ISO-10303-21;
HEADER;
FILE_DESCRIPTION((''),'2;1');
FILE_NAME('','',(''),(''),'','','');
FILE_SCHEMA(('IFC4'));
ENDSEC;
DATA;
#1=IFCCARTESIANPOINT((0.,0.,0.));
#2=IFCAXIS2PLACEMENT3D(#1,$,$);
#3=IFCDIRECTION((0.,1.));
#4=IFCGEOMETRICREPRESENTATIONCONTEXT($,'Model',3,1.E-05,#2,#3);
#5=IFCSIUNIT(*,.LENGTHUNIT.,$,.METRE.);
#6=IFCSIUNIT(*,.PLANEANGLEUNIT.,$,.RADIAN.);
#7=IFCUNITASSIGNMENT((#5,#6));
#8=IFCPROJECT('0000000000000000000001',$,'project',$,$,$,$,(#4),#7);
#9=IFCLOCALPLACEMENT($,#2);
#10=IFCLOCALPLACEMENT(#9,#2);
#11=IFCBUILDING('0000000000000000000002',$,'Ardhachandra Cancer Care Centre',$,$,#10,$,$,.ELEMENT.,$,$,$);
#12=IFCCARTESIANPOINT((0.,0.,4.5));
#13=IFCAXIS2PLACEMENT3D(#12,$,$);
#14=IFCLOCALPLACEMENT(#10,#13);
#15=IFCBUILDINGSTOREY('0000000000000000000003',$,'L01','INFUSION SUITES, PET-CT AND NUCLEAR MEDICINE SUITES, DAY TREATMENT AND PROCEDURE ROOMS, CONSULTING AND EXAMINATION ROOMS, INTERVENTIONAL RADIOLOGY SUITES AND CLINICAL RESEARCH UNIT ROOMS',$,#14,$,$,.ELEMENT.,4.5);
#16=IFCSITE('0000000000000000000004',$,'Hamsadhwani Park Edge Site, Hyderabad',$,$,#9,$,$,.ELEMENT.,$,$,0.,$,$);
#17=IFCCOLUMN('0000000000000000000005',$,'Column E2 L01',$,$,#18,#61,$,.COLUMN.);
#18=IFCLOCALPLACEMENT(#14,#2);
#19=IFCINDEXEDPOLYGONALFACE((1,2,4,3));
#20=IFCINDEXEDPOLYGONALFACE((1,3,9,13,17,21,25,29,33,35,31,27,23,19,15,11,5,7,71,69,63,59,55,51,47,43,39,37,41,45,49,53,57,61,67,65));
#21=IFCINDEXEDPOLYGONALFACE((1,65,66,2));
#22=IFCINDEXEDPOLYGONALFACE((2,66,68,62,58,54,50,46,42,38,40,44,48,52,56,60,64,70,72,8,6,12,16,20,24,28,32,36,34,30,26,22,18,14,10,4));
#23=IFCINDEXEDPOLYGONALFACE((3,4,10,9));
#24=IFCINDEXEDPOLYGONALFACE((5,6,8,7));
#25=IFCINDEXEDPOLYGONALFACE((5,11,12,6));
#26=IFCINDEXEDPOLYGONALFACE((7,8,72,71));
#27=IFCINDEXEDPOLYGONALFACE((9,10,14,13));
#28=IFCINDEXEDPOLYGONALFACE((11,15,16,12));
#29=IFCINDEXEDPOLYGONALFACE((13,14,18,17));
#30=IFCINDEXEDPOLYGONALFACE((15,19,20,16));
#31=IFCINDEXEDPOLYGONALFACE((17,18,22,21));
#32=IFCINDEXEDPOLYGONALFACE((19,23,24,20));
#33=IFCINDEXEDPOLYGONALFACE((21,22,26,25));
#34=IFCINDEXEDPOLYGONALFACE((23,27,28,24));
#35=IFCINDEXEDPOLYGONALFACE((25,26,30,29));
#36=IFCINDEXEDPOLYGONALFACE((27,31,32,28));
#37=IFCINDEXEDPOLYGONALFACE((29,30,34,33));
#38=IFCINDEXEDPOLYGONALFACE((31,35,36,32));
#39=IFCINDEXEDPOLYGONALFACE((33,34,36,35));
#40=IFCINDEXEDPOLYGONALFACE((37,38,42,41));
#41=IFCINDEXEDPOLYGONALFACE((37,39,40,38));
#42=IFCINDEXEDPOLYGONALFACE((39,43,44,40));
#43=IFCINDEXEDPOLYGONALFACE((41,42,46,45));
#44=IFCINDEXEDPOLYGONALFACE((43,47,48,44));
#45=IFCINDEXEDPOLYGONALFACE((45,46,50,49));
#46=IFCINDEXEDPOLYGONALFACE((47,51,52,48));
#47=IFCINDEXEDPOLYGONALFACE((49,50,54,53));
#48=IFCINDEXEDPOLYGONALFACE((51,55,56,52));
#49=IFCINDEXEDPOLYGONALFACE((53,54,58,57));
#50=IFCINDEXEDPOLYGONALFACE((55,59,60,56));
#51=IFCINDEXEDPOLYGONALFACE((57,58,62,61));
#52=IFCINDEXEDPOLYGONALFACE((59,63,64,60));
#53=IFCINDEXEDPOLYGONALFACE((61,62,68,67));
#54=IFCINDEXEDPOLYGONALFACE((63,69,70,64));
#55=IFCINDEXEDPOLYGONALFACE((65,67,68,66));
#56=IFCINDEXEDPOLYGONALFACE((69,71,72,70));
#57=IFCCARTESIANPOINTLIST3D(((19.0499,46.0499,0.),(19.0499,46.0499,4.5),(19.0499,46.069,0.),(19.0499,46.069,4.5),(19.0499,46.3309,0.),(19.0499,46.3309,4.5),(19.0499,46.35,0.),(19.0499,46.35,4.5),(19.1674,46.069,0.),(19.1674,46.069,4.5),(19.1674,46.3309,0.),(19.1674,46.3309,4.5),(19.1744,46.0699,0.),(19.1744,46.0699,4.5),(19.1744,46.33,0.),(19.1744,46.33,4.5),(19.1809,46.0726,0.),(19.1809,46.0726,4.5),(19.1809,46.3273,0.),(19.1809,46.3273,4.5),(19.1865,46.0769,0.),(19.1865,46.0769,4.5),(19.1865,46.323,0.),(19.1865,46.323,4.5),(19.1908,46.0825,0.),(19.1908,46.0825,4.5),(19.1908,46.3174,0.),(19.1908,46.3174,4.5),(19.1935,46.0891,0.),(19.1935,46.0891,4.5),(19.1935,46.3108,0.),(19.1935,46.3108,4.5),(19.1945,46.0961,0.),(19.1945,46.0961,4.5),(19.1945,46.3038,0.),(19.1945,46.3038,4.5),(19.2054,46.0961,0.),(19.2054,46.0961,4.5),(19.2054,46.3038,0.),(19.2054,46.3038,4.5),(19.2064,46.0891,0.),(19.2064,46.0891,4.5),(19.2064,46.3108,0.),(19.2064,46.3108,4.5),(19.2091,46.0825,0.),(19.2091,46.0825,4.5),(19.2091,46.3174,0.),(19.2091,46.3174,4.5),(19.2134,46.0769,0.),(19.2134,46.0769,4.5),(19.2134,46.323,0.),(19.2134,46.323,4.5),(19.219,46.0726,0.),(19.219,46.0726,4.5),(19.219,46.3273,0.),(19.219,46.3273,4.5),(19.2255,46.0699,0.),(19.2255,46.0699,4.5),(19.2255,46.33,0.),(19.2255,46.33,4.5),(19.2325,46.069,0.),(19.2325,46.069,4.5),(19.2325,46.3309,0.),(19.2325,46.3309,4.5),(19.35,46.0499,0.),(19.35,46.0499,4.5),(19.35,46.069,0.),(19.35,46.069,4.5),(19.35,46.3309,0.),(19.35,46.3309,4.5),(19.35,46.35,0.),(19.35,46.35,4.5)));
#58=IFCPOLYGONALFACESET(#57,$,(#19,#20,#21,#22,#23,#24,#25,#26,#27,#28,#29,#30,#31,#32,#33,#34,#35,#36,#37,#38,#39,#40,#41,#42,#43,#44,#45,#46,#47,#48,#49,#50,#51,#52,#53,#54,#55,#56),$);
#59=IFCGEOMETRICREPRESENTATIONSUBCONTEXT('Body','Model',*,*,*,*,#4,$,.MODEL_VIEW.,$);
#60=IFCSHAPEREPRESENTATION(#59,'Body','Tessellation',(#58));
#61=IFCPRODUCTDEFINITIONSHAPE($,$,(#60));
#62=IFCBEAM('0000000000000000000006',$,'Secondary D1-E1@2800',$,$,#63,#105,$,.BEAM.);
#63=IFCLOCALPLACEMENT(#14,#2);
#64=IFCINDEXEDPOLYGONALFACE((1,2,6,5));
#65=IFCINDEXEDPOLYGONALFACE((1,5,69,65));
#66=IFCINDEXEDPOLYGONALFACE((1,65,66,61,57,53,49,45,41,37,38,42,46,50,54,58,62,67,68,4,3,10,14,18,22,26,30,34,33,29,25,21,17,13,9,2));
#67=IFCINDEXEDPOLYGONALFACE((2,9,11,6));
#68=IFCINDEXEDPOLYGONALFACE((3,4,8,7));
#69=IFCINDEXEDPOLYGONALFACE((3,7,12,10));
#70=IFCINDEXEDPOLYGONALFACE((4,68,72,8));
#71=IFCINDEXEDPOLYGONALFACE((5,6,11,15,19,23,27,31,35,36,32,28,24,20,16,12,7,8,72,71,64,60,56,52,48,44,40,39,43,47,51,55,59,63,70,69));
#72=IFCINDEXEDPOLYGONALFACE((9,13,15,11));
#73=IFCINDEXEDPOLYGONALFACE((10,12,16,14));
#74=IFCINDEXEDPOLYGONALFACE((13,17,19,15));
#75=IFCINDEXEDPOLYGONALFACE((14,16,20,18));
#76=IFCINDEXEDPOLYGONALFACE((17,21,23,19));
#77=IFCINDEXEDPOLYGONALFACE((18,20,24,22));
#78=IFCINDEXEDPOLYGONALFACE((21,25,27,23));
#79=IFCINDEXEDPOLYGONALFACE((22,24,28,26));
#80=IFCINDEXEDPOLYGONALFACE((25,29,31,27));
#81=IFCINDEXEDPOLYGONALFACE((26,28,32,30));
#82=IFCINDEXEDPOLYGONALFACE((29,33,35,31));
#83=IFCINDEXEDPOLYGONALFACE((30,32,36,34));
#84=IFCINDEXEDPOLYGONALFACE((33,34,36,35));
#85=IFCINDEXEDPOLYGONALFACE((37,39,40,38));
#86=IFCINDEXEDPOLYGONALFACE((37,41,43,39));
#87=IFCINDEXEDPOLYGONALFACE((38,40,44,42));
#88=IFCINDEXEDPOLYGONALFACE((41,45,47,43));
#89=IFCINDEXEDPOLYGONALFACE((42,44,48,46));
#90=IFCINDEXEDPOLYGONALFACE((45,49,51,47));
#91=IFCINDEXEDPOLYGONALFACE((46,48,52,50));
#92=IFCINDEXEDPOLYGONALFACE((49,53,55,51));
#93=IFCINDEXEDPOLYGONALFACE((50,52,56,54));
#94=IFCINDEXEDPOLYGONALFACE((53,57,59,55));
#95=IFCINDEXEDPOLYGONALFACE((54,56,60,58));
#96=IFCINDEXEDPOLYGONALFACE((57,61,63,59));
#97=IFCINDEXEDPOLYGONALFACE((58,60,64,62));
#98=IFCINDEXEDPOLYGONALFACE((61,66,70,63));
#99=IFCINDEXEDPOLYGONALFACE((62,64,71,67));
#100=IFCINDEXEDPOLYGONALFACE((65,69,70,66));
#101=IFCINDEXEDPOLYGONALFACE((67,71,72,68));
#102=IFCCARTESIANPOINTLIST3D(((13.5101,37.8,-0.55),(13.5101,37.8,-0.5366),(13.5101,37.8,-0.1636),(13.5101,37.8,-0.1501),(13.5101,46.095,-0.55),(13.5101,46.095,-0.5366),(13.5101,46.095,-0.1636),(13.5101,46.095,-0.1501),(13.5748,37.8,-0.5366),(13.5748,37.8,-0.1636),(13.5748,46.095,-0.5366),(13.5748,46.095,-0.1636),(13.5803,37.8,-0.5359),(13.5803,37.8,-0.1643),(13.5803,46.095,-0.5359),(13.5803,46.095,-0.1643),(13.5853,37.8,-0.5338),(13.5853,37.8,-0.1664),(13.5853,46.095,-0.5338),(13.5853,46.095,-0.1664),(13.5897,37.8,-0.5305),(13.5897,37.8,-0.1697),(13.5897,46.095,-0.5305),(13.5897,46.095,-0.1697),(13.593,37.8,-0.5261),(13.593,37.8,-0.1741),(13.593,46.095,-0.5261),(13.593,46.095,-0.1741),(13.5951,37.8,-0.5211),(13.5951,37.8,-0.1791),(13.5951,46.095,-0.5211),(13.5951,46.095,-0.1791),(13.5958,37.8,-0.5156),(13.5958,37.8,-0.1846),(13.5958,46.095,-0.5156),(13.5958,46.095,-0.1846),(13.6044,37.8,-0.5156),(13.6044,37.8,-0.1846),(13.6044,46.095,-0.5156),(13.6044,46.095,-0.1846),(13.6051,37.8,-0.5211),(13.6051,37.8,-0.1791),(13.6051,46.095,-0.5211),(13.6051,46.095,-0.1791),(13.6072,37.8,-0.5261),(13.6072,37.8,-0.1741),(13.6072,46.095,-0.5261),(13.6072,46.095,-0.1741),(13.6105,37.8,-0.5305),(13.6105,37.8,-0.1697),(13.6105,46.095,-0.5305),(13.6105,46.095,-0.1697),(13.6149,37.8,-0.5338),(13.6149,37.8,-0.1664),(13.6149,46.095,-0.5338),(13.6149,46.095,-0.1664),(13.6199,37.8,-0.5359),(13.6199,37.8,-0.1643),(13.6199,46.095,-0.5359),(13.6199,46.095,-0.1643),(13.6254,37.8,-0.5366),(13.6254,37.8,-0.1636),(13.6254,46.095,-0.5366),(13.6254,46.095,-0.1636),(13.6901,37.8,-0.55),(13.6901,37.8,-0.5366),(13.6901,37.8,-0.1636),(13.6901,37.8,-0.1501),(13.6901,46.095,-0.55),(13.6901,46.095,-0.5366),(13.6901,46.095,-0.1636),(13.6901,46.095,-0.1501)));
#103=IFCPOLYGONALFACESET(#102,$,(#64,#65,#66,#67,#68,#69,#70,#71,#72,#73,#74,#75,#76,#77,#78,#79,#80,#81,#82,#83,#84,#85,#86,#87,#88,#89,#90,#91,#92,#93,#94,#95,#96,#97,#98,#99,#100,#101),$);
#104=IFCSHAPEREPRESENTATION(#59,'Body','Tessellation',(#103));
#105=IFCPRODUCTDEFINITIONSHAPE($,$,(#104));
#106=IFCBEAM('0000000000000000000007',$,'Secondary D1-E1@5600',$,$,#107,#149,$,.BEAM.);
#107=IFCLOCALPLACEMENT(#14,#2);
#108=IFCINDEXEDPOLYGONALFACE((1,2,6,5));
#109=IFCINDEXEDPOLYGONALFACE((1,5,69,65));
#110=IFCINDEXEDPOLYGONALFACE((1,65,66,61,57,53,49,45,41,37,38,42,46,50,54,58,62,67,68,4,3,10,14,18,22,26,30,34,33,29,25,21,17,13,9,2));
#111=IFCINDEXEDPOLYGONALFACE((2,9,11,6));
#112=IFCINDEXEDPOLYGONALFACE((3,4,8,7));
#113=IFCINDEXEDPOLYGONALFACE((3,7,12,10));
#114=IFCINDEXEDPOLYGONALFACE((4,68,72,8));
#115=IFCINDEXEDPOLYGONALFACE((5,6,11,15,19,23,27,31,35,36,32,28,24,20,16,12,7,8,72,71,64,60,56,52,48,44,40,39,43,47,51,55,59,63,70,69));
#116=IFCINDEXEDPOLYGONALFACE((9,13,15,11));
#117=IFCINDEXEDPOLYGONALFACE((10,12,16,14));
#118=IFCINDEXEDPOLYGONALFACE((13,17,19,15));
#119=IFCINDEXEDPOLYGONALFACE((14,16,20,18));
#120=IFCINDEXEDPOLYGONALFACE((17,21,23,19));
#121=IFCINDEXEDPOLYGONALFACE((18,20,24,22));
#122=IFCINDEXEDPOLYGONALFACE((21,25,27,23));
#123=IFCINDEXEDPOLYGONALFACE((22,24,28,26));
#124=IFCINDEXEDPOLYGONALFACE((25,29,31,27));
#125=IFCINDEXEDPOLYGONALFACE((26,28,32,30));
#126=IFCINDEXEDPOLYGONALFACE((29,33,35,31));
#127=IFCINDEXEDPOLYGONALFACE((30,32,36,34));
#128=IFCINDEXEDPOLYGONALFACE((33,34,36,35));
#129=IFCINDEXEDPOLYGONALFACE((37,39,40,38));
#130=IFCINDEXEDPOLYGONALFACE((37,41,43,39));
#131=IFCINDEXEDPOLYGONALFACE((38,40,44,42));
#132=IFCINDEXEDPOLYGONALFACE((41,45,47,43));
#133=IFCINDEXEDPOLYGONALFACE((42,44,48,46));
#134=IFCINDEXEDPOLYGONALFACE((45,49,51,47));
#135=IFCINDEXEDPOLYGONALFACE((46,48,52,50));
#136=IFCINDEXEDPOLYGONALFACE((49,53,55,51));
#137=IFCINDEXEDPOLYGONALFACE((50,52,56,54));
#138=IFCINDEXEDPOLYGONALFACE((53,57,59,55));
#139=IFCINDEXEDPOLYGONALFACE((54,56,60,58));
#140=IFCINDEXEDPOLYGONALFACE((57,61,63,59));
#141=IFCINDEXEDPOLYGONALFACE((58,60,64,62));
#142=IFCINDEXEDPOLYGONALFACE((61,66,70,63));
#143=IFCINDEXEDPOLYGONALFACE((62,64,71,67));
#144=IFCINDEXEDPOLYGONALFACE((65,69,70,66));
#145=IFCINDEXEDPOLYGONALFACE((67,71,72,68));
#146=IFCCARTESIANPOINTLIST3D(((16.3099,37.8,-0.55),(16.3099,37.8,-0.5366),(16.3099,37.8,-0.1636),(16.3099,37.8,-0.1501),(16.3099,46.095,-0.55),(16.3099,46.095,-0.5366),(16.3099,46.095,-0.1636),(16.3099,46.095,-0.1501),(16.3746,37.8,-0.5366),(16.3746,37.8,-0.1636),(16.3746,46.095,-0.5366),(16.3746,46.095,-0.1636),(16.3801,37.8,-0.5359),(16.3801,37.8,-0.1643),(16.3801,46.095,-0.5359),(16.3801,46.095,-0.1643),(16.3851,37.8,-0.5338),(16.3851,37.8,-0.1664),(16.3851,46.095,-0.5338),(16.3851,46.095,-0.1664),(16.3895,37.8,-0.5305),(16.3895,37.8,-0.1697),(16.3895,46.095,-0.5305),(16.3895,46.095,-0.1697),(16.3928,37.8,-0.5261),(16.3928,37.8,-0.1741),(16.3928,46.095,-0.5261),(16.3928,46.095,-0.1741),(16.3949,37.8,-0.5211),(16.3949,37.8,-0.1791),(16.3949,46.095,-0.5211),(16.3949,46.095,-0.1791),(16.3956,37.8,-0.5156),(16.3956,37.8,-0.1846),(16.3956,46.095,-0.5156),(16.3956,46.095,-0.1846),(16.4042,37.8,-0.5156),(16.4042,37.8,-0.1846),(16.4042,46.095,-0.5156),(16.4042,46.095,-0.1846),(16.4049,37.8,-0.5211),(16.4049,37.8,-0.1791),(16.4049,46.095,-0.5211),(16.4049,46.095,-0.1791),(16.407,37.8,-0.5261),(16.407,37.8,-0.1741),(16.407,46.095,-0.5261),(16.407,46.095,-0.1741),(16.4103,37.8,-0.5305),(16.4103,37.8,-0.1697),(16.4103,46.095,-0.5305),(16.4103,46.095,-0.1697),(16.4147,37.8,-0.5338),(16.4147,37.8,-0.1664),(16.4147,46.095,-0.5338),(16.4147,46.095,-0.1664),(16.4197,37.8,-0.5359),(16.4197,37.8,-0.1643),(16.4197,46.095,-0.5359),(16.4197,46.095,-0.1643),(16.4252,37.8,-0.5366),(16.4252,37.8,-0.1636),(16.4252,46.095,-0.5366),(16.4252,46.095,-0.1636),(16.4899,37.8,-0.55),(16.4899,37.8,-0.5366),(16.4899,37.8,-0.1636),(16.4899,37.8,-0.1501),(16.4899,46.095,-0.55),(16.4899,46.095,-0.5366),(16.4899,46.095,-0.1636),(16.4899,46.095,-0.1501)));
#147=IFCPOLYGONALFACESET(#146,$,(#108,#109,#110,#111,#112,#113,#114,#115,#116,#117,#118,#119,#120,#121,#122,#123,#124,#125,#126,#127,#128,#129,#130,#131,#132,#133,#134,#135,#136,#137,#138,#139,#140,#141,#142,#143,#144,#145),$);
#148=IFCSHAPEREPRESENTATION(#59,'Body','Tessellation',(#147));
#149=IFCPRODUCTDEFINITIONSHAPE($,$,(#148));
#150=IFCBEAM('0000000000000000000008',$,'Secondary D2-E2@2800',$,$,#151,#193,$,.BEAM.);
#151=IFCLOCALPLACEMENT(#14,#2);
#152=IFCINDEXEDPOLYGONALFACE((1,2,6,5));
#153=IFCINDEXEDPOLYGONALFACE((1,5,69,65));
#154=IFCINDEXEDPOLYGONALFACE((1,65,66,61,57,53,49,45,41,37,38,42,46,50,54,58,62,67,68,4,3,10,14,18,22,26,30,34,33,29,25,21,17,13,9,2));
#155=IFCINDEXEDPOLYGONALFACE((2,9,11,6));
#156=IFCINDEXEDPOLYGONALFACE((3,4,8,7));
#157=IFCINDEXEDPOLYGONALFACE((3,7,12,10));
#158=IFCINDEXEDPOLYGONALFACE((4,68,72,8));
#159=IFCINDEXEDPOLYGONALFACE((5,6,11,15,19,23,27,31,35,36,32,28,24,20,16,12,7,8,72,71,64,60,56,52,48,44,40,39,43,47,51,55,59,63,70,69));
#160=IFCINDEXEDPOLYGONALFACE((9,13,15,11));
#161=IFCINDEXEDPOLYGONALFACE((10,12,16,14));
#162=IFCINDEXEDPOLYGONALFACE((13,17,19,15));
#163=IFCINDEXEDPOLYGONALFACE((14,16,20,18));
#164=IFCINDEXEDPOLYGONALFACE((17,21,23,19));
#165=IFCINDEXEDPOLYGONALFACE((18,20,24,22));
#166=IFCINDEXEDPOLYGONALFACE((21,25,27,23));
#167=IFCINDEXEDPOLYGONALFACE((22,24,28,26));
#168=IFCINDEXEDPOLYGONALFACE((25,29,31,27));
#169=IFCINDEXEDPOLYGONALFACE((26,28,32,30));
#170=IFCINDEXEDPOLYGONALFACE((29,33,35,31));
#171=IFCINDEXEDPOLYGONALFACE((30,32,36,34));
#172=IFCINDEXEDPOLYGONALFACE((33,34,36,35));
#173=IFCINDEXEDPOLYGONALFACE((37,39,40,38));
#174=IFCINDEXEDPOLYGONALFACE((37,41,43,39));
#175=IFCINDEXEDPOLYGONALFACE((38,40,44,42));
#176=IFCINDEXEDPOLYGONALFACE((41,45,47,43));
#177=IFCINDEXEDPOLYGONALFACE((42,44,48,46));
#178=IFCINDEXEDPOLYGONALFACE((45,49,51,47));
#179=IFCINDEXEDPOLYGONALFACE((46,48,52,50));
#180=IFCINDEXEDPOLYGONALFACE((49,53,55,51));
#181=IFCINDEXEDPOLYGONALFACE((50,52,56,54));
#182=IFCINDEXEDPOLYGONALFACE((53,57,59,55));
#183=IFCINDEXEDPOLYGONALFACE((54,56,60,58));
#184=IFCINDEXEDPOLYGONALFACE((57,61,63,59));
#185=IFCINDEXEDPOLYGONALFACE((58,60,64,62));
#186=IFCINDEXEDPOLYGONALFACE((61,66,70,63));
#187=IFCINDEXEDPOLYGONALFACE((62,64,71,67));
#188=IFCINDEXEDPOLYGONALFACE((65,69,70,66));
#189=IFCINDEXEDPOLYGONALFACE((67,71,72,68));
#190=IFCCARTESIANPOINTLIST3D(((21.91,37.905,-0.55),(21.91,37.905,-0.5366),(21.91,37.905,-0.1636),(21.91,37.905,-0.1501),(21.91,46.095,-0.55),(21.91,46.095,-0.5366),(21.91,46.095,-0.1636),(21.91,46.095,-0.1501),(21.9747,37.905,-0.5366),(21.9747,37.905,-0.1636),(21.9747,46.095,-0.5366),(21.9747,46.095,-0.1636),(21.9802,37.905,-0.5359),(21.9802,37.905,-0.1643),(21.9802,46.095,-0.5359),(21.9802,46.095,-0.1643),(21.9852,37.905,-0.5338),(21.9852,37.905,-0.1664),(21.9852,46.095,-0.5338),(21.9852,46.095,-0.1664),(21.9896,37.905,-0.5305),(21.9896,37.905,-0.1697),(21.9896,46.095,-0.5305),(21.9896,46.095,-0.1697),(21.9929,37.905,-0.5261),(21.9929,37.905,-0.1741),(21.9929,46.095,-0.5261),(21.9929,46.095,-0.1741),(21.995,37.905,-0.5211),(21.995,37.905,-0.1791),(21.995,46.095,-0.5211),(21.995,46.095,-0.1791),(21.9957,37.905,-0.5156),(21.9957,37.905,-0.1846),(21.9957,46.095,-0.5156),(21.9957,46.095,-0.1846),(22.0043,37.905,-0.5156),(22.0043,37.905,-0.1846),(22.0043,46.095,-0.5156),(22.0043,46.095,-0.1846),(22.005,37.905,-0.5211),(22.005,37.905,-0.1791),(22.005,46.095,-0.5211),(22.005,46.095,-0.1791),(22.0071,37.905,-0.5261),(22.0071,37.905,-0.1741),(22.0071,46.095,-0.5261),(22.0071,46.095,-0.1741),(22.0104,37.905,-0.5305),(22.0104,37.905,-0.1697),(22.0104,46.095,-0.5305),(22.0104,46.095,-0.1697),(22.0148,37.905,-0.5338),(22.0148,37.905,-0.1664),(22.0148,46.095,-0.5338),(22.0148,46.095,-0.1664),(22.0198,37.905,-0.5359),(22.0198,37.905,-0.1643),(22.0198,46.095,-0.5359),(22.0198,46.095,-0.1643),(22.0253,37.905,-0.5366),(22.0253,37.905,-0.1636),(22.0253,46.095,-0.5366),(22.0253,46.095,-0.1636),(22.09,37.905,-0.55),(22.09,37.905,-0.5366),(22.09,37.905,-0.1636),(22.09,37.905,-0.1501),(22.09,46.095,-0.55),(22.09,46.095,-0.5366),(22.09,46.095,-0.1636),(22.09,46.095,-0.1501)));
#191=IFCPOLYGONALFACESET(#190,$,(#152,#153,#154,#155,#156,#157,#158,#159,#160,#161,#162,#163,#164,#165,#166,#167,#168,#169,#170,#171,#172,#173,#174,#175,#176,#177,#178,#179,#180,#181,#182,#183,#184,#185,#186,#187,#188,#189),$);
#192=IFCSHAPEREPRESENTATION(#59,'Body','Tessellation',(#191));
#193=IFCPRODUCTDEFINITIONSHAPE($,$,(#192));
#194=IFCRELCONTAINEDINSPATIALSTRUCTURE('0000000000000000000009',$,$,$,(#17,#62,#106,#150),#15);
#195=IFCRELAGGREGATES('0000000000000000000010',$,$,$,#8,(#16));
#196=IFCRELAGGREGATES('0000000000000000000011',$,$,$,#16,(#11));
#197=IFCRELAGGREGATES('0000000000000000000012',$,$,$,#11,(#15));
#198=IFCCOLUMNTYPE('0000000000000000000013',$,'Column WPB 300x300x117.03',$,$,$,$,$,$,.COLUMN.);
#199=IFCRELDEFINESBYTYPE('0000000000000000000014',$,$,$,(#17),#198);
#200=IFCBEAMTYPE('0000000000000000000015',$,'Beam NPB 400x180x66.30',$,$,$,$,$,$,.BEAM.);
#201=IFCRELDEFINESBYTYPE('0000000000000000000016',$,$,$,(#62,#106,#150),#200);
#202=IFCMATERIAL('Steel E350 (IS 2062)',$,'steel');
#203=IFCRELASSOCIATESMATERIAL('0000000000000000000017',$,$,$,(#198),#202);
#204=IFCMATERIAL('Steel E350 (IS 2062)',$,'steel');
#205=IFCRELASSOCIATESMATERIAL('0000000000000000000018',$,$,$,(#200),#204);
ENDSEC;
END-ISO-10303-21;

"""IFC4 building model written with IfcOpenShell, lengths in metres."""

from ifc_helpers import new_model, si_unit, direction, frame, origin, origin_2d, place, context, subcontext, project, spatial, i_section, extrude, material, material_profile, profile_set, type_object, element, save


model = new_model("IFC4")

# Units and contexts
model_context = context("Model", 3, precision=1e-05, world=origin(), true_north=direction((0.0, 1.0)))
body_context = subcontext(model_context, "Body", "Model", "MODEL_VIEW")
ifc_project = project(units=[si_unit("LENGTHUNIT", "METRE"), si_unit("PLANEANGLEUNIT", "RADIAN")], contexts=[model_context])

# Site, building, storey
site_placement = place(None, origin())
site = spatial("IfcSite", under=ifc_project, at=site_placement, Name="Hamsadhwani Park Edge Site, Hyderabad", CompositionType="ELEMENT", RefElevation=0.0)
building_placement = place(site_placement, origin())
building = spatial("IfcBuilding", under=site, at=building_placement, Name="Ardhachandra Cancer Care Centre", CompositionType="ELEMENT")
storey_placement = place(building_placement, frame((0.0, 0.0, 4.5)))
storey = spatial("IfcBuildingStorey", under=building, at=storey_placement, Name="L01", Description="INFUSION SUITES, PET-CT AND NUCLEAR MEDICINE SUITES, DAY TREATMENT AND PROCEDURE ROOMS, CONSULTING AND EXAMINATION ROOMS, INTERVENTIONAL RADIOLOGY SUITES AND CLINICAL RESEARCH UNIT ROOMS", CompositionType="ELEMENT", Elevation=4.5)

# Column
ifc_material_1 = material(Name="Steel E350 (IS 2062)", Category="steel")
ifc_material_profile_1 = material_profile(ifc_material_1, i_section(OverallWidth=0.3, OverallDepth=0.3, WebThickness=0.011, FlangeThickness=0.019, FilletRadius=0.0271, at=origin_2d()), Name="WPB 300x300x117.03")
ifc_profile_set_1 = profile_set([ifc_material_profile_1], Name="Steel E350 (IS 2062)")
column_type = type_object("IfcColumnType", Name="Column WPB 300x300x117.03", PredefinedType="COLUMN", material=ifc_profile_set_1)
column_placement = place(storey_placement, frame((19.2, 46.2, 0.0), z_axis=(0.0, 0.0, 1.0), x_axis=(1.0, 0.0, 0.0)))
element("IfcColumn", 1, at=column_placement, inside=storey, type_object=column_type, Name="Column E2 L01", PredefinedType="COLUMN", context=body_context, shape_type="SweptSolid", body=[
    extrude(i_section(OverallWidth=0.3, OverallDepth=0.3, WebThickness=0.011, FlangeThickness=0.019, FilletRadius=0.0271, at=origin_2d()), origin(), (0.0, 0.0, 1.0), 4.5),
])

# Beams
ifc_material_2 = material(Name="Steel E350 (IS 2062)", Category="steel")
ifc_material_profile_2 = material_profile(ifc_material_2, i_section(OverallWidth=0.1799, OverallDepth=0.3999, WebThickness=0.0085, FlangeThickness=0.0134, FilletRadius=0.021, at=origin_2d()), Name="NPB 400x180x66.30")
ifc_profile_set_2 = profile_set([ifc_material_profile_2], Name="Steel E350 (IS 2062)")
beam_type_1 = type_object("IfcBeamType", Name="Beam NPB 400x180x66.30", PredefinedType="BEAM", material=ifc_profile_set_2)
for number, where, z_axis, x_axis, name in (
    (2, (13.6001, 37.8, -0.3501), (0.0, 1.0, 0.0), (-1.0, 0.0, 0.0), "Secondary D1-E1@2800"),
    (3, (16.3999, 37.8, -0.3501), (0.0, 1.0, 0.0), (-1.0, 0.0, 0.0), "Secondary D1-E1@5600"),
):
    element("IfcBeam", number, at=place(storey_placement, frame(where, z_axis=z_axis, x_axis=x_axis)), inside=storey, type_object=beam_type_1, Name=name, PredefinedType="BEAM", context=body_context, shape_type="SweptSolid", body=[
        extrude(i_section(OverallWidth=0.1799, OverallDepth=0.3999, WebThickness=0.0085, FlangeThickness=0.0134, FilletRadius=0.021, at=origin_2d()), origin(), (0.0, 0.0, 1.0), 8.2949),
    ])
beam_1_placement = place(storey_placement, frame((22.0, 37.905, -0.3501), z_axis=(0.0, 1.0, 0.0), x_axis=(-1.0, 0.0, 0.0)))
element("IfcBeam", 4, at=beam_1_placement, inside=storey, type_object=beam_type_1, Name="Secondary D2-E2@2800", PredefinedType="BEAM", context=body_context, shape_type="SweptSolid", body=[
    extrude(i_section(OverallWidth=0.1799, OverallDepth=0.3999, WebThickness=0.0085, FlangeThickness=0.0134, FilletRadius=0.021, at=origin_2d()), origin(), (0.0, 0.0, 1.0), 8.1899),
])

save(model, "model.ifc")
